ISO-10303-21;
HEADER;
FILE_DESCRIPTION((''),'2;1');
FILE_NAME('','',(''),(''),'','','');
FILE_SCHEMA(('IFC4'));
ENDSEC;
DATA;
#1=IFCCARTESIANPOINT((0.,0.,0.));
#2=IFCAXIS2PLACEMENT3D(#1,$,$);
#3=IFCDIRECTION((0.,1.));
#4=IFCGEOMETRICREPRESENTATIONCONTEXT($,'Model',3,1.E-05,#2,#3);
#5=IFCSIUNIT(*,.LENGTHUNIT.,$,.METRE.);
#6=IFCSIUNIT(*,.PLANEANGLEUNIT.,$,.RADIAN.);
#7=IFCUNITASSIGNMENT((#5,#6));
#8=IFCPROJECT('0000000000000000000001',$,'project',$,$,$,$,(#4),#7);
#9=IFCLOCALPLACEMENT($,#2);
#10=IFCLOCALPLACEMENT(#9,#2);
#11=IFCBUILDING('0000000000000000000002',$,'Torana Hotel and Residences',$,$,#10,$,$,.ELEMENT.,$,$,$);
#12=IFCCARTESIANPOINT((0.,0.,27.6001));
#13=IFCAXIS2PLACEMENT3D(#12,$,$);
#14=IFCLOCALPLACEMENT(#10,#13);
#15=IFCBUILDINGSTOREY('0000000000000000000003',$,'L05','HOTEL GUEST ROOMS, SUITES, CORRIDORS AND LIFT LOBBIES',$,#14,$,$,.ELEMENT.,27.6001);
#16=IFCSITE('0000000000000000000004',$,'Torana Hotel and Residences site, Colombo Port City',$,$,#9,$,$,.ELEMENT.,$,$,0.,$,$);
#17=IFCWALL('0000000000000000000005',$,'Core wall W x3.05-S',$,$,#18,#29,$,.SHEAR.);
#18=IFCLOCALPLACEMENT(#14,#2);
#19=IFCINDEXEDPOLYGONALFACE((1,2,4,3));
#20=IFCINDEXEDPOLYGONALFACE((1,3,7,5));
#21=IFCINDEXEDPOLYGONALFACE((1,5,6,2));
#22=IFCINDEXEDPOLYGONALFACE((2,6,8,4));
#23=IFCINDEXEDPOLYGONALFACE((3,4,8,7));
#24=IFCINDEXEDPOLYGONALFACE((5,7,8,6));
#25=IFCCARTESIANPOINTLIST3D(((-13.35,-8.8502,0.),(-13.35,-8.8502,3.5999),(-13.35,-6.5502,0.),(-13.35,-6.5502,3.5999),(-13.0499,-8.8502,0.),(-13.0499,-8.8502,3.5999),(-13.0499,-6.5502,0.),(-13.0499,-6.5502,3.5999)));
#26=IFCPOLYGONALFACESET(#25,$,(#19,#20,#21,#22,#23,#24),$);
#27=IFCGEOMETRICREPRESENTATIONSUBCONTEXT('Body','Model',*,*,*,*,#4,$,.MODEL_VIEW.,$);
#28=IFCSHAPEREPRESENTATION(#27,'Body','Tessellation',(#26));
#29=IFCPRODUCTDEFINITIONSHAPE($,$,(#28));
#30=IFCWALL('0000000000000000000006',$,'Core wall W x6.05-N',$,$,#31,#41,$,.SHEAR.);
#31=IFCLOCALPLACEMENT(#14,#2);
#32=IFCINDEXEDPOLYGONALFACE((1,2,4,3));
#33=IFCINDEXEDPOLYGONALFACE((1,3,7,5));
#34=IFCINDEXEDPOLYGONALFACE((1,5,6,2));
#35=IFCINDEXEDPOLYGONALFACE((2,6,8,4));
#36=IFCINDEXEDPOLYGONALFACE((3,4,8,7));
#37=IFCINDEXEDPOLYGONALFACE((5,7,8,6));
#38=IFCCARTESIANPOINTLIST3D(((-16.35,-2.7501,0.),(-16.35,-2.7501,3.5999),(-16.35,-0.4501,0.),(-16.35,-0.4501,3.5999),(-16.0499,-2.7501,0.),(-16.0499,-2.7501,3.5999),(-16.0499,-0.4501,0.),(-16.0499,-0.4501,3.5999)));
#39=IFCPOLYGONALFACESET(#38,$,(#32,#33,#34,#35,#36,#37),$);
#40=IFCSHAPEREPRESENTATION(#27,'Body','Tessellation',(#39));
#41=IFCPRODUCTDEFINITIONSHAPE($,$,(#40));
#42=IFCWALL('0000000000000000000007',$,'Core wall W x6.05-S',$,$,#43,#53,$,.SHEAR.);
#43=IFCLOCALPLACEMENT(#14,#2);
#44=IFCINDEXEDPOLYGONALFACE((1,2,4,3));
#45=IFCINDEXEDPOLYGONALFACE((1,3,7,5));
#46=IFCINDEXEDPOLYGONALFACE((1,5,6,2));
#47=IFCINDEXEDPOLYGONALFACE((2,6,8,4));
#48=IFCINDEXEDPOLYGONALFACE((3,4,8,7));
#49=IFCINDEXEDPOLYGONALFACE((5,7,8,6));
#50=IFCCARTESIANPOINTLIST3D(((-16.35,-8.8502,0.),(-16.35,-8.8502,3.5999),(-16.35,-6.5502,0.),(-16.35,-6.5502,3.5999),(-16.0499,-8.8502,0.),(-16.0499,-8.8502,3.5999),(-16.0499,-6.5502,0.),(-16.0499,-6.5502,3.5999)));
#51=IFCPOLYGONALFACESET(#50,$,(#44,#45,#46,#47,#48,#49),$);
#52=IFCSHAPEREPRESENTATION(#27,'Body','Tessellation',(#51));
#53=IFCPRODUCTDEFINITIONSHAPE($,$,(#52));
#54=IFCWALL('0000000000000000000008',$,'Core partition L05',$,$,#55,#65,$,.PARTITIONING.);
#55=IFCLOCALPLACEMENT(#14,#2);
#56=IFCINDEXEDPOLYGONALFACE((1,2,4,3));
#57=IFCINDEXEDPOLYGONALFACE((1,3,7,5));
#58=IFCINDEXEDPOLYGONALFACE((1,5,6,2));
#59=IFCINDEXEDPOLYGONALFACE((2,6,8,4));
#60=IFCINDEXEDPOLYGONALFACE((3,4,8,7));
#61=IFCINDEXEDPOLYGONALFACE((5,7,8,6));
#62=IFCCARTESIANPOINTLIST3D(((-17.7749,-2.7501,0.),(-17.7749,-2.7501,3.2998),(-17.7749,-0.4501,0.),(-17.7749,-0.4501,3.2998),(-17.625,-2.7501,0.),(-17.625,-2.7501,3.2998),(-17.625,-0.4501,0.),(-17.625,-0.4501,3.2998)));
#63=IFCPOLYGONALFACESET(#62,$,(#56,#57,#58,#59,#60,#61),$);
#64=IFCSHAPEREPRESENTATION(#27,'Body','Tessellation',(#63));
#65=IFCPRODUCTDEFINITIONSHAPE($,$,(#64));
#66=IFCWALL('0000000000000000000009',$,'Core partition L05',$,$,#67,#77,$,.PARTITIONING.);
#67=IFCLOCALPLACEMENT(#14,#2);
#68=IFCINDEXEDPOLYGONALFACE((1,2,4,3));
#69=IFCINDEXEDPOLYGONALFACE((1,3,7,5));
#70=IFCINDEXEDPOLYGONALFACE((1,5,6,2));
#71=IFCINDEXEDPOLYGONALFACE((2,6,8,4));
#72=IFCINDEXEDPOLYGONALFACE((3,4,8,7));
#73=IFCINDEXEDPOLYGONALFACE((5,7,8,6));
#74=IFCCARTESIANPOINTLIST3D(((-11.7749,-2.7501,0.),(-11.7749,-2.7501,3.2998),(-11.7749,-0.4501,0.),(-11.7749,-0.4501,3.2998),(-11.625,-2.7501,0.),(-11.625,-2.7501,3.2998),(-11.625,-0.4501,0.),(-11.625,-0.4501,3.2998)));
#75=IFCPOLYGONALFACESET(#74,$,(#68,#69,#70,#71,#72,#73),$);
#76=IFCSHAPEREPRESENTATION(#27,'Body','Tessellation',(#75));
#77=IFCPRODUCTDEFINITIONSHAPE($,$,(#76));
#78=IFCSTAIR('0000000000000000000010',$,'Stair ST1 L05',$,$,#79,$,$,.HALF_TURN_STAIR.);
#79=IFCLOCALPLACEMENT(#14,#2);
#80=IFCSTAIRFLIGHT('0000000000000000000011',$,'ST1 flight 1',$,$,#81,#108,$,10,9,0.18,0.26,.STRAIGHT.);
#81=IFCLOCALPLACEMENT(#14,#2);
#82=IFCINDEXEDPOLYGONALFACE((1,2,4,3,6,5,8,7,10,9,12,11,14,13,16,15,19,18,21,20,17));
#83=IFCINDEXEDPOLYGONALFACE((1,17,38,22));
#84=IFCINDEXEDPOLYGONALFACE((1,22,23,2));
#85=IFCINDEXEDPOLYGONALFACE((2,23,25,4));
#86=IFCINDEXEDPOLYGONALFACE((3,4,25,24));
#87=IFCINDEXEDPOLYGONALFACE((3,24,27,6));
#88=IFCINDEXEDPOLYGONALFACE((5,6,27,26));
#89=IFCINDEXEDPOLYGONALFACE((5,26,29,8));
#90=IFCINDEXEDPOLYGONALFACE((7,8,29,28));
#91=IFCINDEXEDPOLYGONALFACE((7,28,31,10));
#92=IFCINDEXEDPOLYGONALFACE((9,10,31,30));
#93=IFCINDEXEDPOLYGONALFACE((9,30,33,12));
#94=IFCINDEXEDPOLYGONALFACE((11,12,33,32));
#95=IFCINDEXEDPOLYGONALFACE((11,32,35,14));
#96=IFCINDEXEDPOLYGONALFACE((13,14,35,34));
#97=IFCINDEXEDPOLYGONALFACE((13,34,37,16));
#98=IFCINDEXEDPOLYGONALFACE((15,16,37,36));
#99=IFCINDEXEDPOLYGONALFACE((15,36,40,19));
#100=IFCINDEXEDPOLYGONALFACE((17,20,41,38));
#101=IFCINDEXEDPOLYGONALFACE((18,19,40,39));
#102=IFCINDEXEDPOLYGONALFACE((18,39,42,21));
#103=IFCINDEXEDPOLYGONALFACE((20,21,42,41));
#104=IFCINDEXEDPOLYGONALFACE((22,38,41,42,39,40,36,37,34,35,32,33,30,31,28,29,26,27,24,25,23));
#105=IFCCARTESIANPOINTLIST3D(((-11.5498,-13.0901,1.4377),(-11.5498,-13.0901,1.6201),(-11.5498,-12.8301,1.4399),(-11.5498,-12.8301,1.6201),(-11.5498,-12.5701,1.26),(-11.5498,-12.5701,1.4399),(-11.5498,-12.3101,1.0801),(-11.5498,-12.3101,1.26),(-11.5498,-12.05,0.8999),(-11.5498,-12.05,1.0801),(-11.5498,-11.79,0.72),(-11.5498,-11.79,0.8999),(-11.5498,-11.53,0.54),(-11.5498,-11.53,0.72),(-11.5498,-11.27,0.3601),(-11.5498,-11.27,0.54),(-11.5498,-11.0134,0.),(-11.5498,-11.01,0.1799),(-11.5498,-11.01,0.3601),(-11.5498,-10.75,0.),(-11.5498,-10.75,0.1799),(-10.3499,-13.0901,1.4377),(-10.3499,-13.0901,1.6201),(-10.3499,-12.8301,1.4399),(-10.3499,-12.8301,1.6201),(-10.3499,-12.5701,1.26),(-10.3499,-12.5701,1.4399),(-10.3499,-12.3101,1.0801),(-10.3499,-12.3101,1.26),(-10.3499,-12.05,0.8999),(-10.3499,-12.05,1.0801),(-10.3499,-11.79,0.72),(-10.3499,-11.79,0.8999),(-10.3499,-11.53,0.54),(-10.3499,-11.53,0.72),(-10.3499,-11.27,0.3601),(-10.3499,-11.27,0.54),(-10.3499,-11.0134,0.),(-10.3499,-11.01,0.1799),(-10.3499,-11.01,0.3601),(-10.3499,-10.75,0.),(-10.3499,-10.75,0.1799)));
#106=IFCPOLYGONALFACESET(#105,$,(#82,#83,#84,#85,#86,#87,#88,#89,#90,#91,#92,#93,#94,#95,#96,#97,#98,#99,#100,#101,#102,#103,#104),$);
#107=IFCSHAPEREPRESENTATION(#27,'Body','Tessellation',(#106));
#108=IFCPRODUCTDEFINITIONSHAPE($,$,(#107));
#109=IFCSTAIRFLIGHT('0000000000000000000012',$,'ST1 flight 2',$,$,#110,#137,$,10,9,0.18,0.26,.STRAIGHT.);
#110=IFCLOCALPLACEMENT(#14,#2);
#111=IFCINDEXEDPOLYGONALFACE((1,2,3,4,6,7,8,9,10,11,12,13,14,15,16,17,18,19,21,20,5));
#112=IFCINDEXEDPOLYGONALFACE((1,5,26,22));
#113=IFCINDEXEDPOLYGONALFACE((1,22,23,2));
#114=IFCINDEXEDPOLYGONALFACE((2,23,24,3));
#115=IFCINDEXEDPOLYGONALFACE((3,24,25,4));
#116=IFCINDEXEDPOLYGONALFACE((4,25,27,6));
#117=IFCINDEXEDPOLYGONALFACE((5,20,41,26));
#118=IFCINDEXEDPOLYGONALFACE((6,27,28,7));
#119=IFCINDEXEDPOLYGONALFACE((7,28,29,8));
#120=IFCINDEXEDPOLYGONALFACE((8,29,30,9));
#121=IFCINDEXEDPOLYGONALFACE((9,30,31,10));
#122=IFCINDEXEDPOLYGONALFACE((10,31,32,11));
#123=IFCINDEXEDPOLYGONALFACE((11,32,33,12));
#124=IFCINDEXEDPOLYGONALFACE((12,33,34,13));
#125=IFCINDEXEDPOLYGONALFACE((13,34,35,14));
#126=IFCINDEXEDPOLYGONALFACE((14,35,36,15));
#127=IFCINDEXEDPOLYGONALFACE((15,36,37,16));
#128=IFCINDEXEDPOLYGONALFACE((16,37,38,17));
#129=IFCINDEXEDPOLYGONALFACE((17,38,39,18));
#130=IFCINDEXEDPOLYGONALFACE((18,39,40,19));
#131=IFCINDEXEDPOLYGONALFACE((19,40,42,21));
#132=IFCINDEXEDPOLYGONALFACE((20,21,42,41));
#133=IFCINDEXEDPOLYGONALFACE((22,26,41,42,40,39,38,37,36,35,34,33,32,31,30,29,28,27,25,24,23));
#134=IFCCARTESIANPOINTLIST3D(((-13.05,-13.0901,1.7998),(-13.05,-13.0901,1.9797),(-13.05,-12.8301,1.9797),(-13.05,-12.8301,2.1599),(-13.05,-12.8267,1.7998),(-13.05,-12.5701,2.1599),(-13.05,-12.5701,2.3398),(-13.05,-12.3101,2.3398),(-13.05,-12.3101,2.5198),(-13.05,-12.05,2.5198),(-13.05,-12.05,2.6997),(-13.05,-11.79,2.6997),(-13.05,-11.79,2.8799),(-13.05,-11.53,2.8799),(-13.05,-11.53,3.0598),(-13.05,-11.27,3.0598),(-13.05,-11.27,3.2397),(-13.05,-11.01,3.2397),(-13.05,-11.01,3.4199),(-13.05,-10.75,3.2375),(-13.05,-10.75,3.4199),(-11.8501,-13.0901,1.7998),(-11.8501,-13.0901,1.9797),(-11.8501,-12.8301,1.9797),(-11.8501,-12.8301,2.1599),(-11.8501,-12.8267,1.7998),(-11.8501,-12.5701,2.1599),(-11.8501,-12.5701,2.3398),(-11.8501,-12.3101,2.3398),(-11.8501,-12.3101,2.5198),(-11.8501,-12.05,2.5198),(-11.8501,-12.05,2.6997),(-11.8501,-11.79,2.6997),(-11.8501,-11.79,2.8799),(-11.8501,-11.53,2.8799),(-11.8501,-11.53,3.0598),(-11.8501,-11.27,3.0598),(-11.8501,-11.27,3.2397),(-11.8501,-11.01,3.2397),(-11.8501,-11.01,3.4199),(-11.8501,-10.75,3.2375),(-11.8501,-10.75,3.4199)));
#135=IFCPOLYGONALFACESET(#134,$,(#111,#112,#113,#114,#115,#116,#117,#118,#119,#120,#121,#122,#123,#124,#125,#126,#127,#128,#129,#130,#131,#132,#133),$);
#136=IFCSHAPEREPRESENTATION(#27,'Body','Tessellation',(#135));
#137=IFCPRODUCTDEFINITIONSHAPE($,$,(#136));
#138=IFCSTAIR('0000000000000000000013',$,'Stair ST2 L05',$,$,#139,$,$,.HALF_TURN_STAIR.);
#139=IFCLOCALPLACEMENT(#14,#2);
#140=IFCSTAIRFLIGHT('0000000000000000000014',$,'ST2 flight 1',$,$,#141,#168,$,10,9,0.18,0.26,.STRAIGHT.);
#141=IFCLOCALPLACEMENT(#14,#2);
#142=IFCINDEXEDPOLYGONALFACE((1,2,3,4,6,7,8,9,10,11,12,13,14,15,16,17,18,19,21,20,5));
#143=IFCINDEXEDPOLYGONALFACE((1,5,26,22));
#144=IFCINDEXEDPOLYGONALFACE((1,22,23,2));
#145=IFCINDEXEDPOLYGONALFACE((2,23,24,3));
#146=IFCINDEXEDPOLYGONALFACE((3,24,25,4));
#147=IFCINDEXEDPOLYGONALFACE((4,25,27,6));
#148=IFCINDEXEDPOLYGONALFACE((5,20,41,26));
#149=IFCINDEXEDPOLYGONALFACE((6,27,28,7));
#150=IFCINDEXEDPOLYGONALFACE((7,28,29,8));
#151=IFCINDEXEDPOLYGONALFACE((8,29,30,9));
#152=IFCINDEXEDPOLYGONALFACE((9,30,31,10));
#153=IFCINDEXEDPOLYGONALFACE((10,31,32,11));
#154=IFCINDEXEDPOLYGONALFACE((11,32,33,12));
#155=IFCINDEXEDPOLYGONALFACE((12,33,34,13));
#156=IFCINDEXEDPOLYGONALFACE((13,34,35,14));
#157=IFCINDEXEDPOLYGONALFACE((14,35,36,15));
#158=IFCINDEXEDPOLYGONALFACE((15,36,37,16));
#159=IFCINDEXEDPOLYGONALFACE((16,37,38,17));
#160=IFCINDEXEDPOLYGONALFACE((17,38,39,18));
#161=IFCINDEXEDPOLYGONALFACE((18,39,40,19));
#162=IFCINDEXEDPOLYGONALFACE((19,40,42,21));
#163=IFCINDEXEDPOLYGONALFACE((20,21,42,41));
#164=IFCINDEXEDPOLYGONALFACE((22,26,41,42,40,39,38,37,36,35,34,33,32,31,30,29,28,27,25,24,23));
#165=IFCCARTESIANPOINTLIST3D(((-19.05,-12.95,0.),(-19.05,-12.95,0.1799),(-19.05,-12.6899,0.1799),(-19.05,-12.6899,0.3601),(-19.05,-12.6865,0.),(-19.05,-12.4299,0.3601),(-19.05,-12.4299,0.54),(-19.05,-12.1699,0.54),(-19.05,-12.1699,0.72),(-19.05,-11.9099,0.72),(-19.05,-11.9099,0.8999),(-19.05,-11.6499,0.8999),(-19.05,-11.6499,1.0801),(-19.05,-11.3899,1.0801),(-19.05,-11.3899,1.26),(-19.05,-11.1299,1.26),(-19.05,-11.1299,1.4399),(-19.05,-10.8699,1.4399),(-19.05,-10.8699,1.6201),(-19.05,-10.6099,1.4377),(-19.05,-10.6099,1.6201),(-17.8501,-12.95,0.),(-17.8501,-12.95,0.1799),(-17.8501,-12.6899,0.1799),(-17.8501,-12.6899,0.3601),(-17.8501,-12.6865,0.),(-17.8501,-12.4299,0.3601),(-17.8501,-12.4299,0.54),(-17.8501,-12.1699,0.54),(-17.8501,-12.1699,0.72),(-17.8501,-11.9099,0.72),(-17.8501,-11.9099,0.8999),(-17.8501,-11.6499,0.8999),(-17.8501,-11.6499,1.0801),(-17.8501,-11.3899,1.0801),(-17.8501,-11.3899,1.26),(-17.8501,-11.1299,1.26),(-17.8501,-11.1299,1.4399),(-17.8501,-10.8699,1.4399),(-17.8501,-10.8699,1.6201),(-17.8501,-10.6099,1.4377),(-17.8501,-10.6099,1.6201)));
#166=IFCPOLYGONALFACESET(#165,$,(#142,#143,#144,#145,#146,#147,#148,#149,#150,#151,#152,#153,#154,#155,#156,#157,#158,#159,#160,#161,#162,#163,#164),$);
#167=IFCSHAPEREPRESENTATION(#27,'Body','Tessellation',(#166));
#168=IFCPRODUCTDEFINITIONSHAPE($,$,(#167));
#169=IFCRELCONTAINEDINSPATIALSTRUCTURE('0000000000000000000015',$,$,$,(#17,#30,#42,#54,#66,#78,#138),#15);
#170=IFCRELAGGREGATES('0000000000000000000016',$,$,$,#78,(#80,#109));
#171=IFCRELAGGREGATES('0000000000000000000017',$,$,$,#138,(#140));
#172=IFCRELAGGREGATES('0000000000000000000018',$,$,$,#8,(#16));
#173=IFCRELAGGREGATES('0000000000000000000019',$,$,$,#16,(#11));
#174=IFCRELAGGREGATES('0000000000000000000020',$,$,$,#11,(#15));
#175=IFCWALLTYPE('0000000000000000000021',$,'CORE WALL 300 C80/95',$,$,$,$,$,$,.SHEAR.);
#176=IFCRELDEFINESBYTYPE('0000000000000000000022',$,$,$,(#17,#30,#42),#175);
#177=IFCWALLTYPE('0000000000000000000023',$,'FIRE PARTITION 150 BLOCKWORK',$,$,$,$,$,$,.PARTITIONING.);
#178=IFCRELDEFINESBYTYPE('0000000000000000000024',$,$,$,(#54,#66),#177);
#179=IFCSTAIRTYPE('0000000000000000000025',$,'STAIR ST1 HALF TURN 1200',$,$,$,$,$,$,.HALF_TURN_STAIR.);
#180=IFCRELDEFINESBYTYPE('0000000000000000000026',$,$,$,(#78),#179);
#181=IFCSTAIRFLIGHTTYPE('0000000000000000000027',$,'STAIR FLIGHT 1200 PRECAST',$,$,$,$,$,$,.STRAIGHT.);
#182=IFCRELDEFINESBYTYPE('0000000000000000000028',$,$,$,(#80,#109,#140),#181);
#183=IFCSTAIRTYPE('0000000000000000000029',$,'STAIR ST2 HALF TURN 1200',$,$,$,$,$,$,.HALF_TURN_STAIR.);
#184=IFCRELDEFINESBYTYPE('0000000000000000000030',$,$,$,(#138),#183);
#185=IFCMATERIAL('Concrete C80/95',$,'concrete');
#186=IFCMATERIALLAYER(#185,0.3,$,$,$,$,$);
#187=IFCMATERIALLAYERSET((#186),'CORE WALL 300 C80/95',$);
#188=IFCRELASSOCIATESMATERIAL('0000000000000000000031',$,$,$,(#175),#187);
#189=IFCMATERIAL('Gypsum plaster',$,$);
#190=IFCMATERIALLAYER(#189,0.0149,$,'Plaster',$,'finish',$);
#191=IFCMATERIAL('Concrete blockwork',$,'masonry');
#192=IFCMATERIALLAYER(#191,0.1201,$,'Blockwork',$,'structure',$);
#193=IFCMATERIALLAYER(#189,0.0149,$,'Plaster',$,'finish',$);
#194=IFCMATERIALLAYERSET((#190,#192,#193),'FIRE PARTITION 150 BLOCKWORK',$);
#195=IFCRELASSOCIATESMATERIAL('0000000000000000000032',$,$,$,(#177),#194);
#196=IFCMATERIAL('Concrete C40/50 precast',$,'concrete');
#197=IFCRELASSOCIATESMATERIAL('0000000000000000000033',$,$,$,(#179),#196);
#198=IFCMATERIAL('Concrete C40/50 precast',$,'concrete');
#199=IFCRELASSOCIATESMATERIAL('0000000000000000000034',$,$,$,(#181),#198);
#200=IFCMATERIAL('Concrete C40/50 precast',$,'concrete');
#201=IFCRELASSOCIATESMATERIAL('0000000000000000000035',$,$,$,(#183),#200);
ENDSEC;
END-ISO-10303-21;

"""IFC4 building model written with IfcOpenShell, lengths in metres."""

from ifc_helpers import new_model, si_unit, direction, frame, frame_2d, origin, place, context, subcontext, project, spatial, polyline, rectangle, outline, extrude, material, layer, layer_set, type_object, element, aggregate, save


model = new_model("IFC4")

# Units and contexts
model_context = context("Model", 3, precision=1e-05, world=origin(), true_north=direction((0.0, 1.0)))
body_context = subcontext(model_context, "Body", "Model", "MODEL_VIEW")
ifc_project = project(units=[si_unit("LENGTHUNIT", "METRE"), si_unit("PLANEANGLEUNIT", "RADIAN")], contexts=[model_context])

# Site, building, storey
site_placement = place(None, origin())
site = spatial("IfcSite", under=ifc_project, at=site_placement, Name="Torana Hotel and Residences site, Colombo Port City", CompositionType="ELEMENT", RefElevation=0.0)
building_placement = place(site_placement, origin())
building = spatial("IfcBuilding", under=site, at=building_placement, Name="Torana Hotel and Residences", CompositionType="ELEMENT")
storey_placement = place(building_placement, frame((0.0, 0.0, 27.6001)))
storey = spatial("IfcBuildingStorey", under=building, at=storey_placement, Name="L05", Description="HOTEL GUEST ROOMS, SUITES, CORRIDORS AND LIFT LOBBIES", CompositionType="ELEMENT", Elevation=27.6001)

# Walls
ifc_material_1 = material(Name="Concrete C80/95", Category="concrete")
ifc_layer_1 = layer(ifc_material_1, 0.3)
ifc_layer_set_1 = layer_set([ifc_layer_1], Name="CORE WALL 300 C80/95")
wall_type_1 = type_object("IfcWallType", Name="CORE WALL 300 C80/95", PredefinedType="SHEAR", material=ifc_layer_set_1)
for number, where, z_axis, x_axis, name in (
    (1, (-13.2, -8.8501, 0.0), (0.0, 0.0, 1.0), (0.0, 1.0, 0.0), "Core wall W x3.05-S"),
    (2, (-16.2, -2.75, 0.0), (0.0, 0.0, 1.0), (0.0, 1.0, 0.0), "Core wall W x6.05-N"),
    (3, (-16.2, -8.8501, 0.0), (0.0, 0.0, 1.0), (0.0, 1.0, 0.0), "Core wall W x6.05-S"),
):
    element("IfcWall", number, at=place(storey_placement, frame(where, z_axis=z_axis, x_axis=x_axis)), inside=storey, type_object=wall_type_1, Name=name, PredefinedType="SHEAR", context=body_context, shape_type="SweptSolid", body=[
        extrude(rectangle(XDim=2.3, YDim=0.3, at=frame_2d((1.1499, 0.0))), origin(), (0.0, 0.0, 1.0), 3.5999),
    ])

# Walls
ifc_material_2 = material(Name="Gypsum plaster")
ifc_layer_2 = layer(ifc_material_2, 0.0149, Name="Plaster", Category="finish")
ifc_material_3 = material(Name="Concrete blockwork", Category="masonry")
ifc_layer_3 = layer(ifc_material_3, 0.1201, Name="Blockwork", Category="structure")
ifc_layer_4 = layer(ifc_material_2, 0.0149, Name="Plaster", Category="finish")
ifc_layer_set_2 = layer_set([ifc_layer_2, ifc_layer_3, ifc_layer_4], Name="FIRE PARTITION 150 BLOCKWORK")
wall_type_2 = type_object("IfcWallType", Name="FIRE PARTITION 150 BLOCKWORK", PredefinedType="PARTITIONING", material=ifc_layer_set_2)
for number, where, z_axis, x_axis, name in (
    (4, (-17.7, -2.75, 0.0), (0.0, 0.0, 1.0), (0.0, 1.0, 0.0), "Core partition L05"),
    (5, (-11.7, -2.75, 0.0), (0.0, 0.0, 1.0), (0.0, 1.0, 0.0), "Core partition L05"),
):
    element("IfcWall", number, at=place(storey_placement, frame(where, z_axis=z_axis, x_axis=x_axis)), inside=storey, type_object=wall_type_2, Name=name, PredefinedType="PARTITIONING", context=body_context, shape_type="SweptSolid", body=[
        extrude(rectangle(XDim=2.3, YDim=0.1499, at=frame_2d((1.1499, 0.0))), origin(), (0.0, 0.0, 1.0), 3.2998),
    ])

# Stairs, stair flights
ifc_material_4 = material(Name="Concrete C40/50 precast", Category="concrete")
stair_type_1 = type_object("IfcStairType", Name="STAIR ST1 HALF TURN 1200", PredefinedType="HALF_TURN_STAIR", material=ifc_material_4)
stair_1_placement = place(storey_placement, origin())
stair_1 = element("IfcStair", 6, at=stair_1_placement, inside=storey, type_object=stair_type_1, Name="Stair ST1 L05", PredefinedType="HALF_TURN_STAIR")
ifc_material_5 = material(Name="Concrete C40/50 precast", Category="concrete")
stair_flight_type = type_object("IfcStairFlightType", Name="STAIR FLIGHT 1200 PRECAST", PredefinedType="STRAIGHT", material=ifc_material_5)
stair_flight_1_placement = place(storey_placement, frame((-10.95, -10.75, 0.0), z_axis=(0.0, 0.0, 1.0), x_axis=(0.0, -1.0, 0.0)))
stair_flight_1 = element("IfcStairFlight", 7, at=stair_flight_1_placement, type_object=stair_flight_type, Name="ST1 flight 1", NumberOfRisers=10, NumberOfTreads=9, PredefinedType="STRAIGHT", RiserHeight=0.18, TreadLength=0.26, context=body_context, shape_type="SweptSolid", body=[
    extrude(outline(polyline([(0.0, 0.0), (0.0, 0.1799), (0.26, 0.1799), (0.26, 0.3601), (0.52, 0.3601), (0.52, 0.54), (0.78, 0.54), (0.78, 0.72), (1.04, 0.72), (1.04, 0.8999), (1.3, 0.8999), (1.3, 1.0801), (1.5601, 1.0801), (1.5601, 1.26), (1.8201, 1.26), (1.8201, 1.4399), (2.0801, 1.4399), (2.0801, 1.6201), (2.3401, 1.6201), (2.3401, 1.8), (2.3401, 1.4377), (0.2634, 0.0), (0.0, 0.0)])), frame((0.0, 0.6001, 0.0), z_axis=(0.0, -1.0, 0.0), x_axis=(1.0, 0.0, 0.0)), (0.0, 0.0, 1.0), 1.2),
])
stair_flight_2_placement = place(storey_placement, frame((-12.45, -13.0901, 1.7998), z_axis=(0.0, 0.0, 1.0), x_axis=(0.0, 1.0, 0.0)))
stair_flight_2 = element("IfcStairFlight", 8, at=stair_flight_2_placement, type_object=stair_flight_type, Name="ST1 flight 2", NumberOfRisers=10, NumberOfTreads=9, PredefinedType="STRAIGHT", RiserHeight=0.18, TreadLength=0.26, context=body_context, shape_type="SweptSolid", body=[
    extrude(outline(polyline([(0.0, 0.0), (0.0, 0.1799), (0.26, 0.1799), (0.26, 0.3601), (0.52, 0.3601), (0.52, 0.54), (0.78, 0.54), (0.78, 0.72), (1.04, 0.72), (1.04, 0.8999), (1.3, 0.8999), (1.3, 1.0801), (1.5601, 1.0801), (1.5601, 1.26), (1.8201, 1.26), (1.8201, 1.4399), (2.0801, 1.4399), (2.0801, 1.6201), (2.3401, 1.6201), (2.3401, 1.8), (2.3401, 1.4377), (0.2634, 0.0), (0.0, 0.0)])), frame((0.0, 0.6001, 0.0), z_axis=(0.0, -1.0, 0.0), x_axis=(1.0, 0.0, 0.0)), (0.0, 0.0, 1.0), 1.2),
])
aggregate(stair_1, [stair_flight_1, stair_flight_2])
ifc_material_6 = material(Name="Concrete C40/50 precast", Category="concrete")
stair_type_2 = type_object("IfcStairType", Name="STAIR ST2 HALF TURN 1200", PredefinedType="HALF_TURN_STAIR", material=ifc_material_6)
stair_2_placement = place(storey_placement, origin())
stair_2 = element("IfcStair", 9, at=stair_2_placement, inside=storey, type_object=stair_type_2, Name="Stair ST2 L05", PredefinedType="HALF_TURN_STAIR")
stair_flight_3_placement = place(storey_placement, frame((-18.45, -12.95, 0.0), z_axis=(0.0, 0.0, 1.0), x_axis=(0.0, 1.0, 0.0)))
stair_flight_3 = element("IfcStairFlight", 10, at=stair_flight_3_placement, type_object=stair_flight_type, Name="ST2 flight 1", NumberOfRisers=10, NumberOfTreads=9, PredefinedType="STRAIGHT", RiserHeight=0.18, TreadLength=0.26, context=body_context, shape_type="SweptSolid", body=[
    extrude(outline(polyline([(0.0, 0.0), (0.0, 0.1799), (0.26, 0.1799), (0.26, 0.3601), (0.52, 0.3601), (0.52, 0.54), (0.78, 0.54), (0.78, 0.72), (1.04, 0.72), (1.04, 0.8999), (1.3, 0.8999), (1.3, 1.0801), (1.5601, 1.0801), (1.5601, 1.26), (1.8201, 1.26), (1.8201, 1.4399), (2.0801, 1.4399), (2.0801, 1.6201), (2.3401, 1.6201), (2.3401, 1.8), (2.3401, 1.4377), (0.2634, 0.0), (0.0, 0.0)])), frame((0.0, 0.6001, 0.0), z_axis=(0.0, -1.0, 0.0), x_axis=(1.0, 0.0, 0.0)), (0.0, 0.0, 1.0), 1.2),
])
aggregate(stair_2, [stair_flight_3])

save(model, "model.ifc")
